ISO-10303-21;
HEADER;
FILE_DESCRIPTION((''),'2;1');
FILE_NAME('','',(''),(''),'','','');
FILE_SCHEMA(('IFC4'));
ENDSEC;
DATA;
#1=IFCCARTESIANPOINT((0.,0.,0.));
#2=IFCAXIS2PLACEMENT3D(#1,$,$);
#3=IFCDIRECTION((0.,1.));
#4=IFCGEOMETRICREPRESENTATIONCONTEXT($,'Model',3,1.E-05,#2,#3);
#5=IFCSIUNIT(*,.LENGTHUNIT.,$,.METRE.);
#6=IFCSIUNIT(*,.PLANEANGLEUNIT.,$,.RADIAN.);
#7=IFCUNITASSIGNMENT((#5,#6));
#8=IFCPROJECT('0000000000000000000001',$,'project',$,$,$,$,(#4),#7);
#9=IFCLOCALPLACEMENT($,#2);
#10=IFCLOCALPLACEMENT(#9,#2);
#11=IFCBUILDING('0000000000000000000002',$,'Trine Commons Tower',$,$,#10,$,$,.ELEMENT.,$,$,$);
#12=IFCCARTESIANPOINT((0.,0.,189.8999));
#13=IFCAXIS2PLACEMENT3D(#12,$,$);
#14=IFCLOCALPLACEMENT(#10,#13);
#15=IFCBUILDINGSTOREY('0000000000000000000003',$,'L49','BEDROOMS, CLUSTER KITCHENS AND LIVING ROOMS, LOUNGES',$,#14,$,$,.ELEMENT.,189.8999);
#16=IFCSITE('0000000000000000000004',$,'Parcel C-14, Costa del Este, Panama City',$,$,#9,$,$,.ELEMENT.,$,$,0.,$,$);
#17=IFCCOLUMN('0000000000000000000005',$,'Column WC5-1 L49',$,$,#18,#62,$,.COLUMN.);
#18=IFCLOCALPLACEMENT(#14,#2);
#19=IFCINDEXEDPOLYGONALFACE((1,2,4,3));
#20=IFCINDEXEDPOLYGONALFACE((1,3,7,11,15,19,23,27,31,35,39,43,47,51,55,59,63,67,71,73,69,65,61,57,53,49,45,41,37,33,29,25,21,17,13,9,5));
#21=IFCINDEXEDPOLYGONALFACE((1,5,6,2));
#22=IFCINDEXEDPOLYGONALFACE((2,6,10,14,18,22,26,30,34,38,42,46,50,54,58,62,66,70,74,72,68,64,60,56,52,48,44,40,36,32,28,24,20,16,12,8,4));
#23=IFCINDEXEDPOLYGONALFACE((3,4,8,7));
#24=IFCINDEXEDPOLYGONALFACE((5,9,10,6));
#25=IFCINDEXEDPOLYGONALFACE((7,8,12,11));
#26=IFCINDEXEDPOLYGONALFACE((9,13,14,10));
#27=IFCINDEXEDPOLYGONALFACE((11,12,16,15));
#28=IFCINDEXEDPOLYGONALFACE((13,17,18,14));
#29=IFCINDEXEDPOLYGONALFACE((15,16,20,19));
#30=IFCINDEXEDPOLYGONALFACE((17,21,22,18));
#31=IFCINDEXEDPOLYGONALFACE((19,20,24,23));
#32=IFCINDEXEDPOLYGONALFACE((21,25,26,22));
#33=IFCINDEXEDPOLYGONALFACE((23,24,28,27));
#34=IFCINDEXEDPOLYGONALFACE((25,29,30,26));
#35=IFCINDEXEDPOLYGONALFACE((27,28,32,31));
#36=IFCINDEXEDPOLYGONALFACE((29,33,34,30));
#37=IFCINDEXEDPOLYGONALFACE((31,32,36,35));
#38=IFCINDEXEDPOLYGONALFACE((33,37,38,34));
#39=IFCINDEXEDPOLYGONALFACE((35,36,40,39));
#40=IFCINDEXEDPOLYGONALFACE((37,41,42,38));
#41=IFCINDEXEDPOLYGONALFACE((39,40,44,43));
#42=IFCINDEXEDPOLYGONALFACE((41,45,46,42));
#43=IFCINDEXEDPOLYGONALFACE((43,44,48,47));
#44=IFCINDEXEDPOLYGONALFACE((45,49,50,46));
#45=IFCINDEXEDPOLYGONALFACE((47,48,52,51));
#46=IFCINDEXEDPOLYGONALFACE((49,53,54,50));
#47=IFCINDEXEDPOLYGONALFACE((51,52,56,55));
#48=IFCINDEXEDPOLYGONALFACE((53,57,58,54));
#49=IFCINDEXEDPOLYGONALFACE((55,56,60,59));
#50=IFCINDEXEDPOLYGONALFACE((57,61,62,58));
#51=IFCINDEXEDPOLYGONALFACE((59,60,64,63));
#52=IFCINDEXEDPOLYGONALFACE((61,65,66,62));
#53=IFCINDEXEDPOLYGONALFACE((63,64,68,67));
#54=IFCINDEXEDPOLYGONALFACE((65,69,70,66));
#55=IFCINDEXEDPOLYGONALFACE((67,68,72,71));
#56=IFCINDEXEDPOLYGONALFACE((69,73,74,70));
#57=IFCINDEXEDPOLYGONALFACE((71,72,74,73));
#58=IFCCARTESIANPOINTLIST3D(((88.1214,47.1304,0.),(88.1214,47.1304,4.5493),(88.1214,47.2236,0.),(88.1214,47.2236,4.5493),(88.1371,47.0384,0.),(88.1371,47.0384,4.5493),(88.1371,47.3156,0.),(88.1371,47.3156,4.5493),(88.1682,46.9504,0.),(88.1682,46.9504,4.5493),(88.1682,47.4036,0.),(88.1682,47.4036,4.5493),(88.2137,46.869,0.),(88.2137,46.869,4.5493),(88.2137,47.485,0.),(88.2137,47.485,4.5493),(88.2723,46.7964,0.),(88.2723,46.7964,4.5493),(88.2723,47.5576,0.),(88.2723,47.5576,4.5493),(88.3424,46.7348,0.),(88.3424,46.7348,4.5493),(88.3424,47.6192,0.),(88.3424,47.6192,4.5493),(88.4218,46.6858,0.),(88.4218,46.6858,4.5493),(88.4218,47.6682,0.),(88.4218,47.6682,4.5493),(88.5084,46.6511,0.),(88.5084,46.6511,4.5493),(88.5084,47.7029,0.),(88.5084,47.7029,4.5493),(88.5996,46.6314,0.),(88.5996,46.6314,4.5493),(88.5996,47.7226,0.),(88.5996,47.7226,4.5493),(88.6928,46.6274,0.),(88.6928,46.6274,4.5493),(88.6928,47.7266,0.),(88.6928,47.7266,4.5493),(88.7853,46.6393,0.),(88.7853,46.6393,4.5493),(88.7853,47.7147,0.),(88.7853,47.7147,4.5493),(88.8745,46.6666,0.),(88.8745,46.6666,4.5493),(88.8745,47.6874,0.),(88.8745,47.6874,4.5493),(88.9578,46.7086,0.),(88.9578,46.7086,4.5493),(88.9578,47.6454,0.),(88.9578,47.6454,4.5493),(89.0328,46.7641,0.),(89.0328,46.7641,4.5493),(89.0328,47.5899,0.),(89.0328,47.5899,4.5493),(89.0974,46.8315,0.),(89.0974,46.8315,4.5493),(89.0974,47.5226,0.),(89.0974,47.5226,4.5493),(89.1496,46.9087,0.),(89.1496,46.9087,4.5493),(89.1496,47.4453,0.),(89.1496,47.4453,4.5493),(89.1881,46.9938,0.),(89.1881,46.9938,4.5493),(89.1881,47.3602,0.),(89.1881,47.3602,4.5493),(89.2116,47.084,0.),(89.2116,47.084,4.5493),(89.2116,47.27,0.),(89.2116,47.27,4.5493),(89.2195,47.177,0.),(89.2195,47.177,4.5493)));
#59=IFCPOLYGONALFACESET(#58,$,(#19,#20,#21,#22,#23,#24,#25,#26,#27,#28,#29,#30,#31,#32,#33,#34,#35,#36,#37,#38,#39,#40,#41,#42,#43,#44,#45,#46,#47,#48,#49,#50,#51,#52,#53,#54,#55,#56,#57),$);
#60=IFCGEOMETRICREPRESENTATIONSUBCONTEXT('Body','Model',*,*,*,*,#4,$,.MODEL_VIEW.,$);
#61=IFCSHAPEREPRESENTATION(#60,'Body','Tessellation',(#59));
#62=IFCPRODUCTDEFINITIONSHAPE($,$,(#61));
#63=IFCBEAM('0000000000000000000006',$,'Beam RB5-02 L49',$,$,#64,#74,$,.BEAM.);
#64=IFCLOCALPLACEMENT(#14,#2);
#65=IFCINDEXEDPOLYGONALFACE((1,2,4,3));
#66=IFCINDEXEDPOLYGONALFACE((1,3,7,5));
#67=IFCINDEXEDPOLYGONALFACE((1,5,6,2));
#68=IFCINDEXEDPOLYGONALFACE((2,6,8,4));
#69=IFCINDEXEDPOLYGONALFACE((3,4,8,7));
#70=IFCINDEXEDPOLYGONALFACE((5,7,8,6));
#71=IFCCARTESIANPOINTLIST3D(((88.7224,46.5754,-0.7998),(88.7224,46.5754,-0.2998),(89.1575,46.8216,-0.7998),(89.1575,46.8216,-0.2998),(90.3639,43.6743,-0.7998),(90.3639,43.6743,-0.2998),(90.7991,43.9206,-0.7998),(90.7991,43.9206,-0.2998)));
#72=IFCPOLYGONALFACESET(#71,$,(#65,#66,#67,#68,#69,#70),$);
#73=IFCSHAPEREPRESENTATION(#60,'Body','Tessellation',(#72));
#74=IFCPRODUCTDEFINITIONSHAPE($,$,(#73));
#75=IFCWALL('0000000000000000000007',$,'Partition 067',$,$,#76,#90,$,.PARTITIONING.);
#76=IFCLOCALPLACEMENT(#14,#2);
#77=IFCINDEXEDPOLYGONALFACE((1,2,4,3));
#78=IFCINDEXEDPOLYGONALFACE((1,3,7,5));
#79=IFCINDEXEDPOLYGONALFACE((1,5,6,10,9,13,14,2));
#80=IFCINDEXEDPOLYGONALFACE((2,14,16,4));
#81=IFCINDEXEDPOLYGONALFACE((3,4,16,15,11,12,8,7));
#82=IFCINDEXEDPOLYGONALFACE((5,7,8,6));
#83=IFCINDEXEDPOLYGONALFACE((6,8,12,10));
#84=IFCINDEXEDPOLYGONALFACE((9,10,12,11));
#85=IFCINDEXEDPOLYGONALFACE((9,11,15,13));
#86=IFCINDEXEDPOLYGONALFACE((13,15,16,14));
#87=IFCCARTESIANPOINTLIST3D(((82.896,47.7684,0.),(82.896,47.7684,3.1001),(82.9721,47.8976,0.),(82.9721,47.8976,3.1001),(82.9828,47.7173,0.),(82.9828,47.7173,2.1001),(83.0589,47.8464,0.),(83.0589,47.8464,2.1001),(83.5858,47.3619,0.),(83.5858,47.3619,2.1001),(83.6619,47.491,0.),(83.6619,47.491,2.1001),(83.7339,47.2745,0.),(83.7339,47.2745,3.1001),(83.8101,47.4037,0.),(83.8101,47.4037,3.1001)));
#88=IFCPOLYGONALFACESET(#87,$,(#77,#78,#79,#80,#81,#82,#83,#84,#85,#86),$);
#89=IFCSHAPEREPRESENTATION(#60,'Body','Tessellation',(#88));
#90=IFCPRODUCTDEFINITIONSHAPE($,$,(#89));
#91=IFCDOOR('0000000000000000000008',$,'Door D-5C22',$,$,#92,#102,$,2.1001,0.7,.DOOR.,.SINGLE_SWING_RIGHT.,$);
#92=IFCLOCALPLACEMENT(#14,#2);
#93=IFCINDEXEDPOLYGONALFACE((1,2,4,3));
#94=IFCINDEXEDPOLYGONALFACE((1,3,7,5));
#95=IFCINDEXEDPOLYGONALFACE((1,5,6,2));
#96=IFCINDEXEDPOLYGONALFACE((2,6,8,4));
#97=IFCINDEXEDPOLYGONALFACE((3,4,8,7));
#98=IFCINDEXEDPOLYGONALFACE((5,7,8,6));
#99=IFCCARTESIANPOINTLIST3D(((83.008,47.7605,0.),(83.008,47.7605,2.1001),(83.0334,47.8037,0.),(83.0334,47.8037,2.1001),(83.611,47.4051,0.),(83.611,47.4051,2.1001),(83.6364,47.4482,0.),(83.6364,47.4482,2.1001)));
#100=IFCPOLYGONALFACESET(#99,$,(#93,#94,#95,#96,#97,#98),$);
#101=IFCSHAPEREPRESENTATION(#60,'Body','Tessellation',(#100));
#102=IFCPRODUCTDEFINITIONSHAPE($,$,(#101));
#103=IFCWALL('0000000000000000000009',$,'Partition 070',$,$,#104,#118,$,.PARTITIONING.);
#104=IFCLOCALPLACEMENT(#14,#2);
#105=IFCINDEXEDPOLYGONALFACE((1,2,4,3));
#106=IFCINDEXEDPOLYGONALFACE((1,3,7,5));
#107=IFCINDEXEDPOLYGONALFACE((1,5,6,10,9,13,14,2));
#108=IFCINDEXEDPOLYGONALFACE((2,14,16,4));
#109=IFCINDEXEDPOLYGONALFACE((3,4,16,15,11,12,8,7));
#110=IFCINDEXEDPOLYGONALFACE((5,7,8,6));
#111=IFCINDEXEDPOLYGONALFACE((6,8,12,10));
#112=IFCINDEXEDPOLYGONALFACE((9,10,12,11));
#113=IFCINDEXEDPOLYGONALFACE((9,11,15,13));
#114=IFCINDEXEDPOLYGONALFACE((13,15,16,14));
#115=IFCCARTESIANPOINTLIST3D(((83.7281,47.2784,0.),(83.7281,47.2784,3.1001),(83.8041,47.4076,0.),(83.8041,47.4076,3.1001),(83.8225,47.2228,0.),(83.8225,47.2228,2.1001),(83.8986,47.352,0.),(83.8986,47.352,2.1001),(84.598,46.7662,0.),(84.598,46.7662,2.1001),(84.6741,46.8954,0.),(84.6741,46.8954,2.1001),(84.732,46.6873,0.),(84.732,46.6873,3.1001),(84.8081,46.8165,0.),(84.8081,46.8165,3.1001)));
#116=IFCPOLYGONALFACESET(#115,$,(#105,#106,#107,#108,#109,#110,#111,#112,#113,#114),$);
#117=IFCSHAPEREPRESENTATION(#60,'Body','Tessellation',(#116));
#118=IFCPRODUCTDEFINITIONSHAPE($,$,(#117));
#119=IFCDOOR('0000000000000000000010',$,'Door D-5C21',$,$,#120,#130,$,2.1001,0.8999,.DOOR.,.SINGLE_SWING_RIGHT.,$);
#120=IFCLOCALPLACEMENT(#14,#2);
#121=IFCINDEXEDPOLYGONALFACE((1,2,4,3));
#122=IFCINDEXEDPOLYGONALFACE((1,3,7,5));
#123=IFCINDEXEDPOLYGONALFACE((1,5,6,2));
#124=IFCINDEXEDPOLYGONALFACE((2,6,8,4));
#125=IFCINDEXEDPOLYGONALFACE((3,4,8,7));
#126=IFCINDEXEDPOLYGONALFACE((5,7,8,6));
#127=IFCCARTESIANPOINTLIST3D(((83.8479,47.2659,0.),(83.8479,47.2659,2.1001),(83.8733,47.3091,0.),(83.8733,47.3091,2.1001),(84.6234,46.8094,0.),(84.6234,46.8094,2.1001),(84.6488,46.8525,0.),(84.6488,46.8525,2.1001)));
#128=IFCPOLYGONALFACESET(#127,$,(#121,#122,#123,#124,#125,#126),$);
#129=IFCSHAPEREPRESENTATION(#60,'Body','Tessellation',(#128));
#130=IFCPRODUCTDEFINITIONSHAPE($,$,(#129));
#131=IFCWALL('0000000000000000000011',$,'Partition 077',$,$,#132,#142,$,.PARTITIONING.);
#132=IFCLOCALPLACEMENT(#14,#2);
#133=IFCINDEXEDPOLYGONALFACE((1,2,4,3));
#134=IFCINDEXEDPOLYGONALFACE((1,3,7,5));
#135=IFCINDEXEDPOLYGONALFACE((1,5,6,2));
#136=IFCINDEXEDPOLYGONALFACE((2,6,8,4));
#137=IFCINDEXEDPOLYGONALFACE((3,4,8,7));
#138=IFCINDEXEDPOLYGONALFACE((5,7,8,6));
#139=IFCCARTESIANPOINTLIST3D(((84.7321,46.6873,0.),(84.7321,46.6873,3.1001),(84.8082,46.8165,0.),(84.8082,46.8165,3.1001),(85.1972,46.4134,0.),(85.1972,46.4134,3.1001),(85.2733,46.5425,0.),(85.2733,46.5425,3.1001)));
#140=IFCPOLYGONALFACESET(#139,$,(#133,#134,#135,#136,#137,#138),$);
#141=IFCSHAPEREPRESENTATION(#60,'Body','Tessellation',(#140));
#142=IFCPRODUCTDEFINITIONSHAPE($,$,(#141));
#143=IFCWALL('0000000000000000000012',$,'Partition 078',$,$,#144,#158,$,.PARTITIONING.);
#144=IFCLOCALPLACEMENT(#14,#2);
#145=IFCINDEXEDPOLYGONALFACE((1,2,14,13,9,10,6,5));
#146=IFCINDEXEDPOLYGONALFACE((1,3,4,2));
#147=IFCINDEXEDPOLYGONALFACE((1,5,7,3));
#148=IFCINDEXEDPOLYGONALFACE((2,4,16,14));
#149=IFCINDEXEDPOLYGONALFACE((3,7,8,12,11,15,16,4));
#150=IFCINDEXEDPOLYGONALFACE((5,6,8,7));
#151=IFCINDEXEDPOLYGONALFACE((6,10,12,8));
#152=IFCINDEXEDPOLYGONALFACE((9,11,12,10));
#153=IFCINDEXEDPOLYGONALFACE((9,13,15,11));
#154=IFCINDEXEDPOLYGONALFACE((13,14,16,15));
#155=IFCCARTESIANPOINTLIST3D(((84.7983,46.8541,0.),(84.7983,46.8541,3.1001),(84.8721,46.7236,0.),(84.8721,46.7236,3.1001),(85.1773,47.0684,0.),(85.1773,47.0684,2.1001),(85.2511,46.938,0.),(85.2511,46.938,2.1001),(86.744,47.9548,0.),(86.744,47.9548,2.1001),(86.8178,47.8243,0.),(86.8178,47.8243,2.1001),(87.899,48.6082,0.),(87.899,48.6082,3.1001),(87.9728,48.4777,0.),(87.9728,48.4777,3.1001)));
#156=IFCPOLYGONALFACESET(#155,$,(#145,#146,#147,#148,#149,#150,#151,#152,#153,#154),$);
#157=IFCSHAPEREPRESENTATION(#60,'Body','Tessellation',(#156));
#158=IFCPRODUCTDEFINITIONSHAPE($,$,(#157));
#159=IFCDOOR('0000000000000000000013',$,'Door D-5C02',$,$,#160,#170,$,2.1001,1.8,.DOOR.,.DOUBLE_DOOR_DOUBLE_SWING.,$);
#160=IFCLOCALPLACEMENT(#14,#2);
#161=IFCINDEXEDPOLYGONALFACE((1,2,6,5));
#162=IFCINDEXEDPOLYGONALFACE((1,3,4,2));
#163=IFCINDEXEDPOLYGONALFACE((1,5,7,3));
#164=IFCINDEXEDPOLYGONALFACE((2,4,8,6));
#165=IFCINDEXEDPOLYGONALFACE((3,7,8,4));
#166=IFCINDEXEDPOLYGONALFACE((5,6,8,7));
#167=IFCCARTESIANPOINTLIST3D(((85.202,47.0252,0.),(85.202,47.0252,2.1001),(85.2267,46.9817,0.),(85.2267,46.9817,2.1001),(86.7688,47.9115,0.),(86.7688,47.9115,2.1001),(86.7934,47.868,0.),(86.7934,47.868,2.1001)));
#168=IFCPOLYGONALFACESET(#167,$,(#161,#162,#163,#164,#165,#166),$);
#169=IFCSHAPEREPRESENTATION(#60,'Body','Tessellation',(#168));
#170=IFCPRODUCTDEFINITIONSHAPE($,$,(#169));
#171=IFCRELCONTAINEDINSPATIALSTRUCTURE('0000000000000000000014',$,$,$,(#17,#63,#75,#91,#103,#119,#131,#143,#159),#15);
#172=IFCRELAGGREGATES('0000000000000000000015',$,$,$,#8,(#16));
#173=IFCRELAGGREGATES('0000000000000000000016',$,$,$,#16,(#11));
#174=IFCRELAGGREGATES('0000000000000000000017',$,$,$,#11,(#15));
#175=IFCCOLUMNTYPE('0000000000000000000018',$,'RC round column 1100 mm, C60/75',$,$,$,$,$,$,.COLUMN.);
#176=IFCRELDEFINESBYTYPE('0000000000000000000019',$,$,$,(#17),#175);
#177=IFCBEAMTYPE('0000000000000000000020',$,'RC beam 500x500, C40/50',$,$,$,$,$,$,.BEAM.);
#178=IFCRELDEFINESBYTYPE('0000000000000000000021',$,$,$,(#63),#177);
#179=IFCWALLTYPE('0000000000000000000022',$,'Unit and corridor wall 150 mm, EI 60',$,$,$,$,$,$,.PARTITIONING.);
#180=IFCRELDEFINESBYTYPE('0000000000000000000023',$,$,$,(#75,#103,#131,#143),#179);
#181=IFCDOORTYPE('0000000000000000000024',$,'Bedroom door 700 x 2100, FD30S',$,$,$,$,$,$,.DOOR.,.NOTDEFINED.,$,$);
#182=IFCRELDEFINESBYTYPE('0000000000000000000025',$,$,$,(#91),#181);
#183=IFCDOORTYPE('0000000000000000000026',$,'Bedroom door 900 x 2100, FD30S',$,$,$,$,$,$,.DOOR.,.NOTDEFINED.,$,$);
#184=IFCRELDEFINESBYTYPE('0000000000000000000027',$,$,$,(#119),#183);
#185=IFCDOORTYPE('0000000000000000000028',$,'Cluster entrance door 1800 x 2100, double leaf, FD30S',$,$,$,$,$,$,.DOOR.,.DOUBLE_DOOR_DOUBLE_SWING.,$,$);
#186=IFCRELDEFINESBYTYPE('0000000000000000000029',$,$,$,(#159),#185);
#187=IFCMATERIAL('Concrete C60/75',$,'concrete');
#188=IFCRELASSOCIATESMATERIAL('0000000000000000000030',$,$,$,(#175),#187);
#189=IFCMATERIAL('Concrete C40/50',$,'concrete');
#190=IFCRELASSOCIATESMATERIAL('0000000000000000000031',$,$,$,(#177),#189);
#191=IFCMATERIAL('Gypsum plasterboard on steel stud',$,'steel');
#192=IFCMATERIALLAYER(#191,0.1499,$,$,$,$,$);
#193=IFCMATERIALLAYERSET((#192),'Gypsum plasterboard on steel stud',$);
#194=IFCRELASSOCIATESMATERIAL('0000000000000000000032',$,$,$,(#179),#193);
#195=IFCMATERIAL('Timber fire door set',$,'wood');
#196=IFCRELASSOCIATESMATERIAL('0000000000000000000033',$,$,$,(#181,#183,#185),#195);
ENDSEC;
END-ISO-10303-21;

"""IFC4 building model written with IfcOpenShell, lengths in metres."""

from ifc_helpers import new_model, si_unit, direction, frame, frame_2d, origin, origin_2d, place, context, subcontext, project, spatial, rectangle, circle, extrude, material, layer, layer_set, material_profile, profile_set, type_object, element, fill, save


model = new_model("IFC4")

# Units and contexts
model_context = context("Model", 3, precision=1e-05, world=origin(), true_north=direction((0.0, 1.0)))
body_context = subcontext(model_context, "Body", "Model", "MODEL_VIEW")
ifc_project = project(units=[si_unit("LENGTHUNIT", "METRE"), si_unit("PLANEANGLEUNIT", "RADIAN")], contexts=[model_context])

# Site, building, storey
site_placement = place(None, origin())
site = spatial("IfcSite", under=ifc_project, at=site_placement, Name="Parcel C-14, Costa del Este, Panama City", CompositionType="ELEMENT", RefElevation=0.0)
building_placement = place(site_placement, origin())
building = spatial("IfcBuilding", under=site, at=building_placement, Name="Trine Commons Tower", CompositionType="ELEMENT")
storey_placement = place(building_placement, frame((0.0, 0.0, 189.8999)))
storey = spatial("IfcBuildingStorey", under=building, at=storey_placement, Name="L49", Description="BEDROOMS, CLUSTER KITCHENS AND LIVING ROOMS, LOUNGES", CompositionType="ELEMENT", Elevation=189.8999)

# Column
ifc_material_1 = material(Name="Concrete C60/75", Category="concrete")
ifc_material_profile_1 = material_profile(ifc_material_1, circle(Radius=0.55, at=origin_2d()), Name="RC round 1100")
ifc_profile_set_1 = profile_set([ifc_material_profile_1], Name="Concrete C60/75")
column_type = type_object("IfcColumnType", Name="RC round column 1100 mm, C60/75", PredefinedType="COLUMN", material=ifc_profile_set_1)
column_placement = place(storey_placement, frame((88.6694, 47.177, 0.0), z_axis=(0.0, 0.0, 1.0), x_axis=(1.0, 0.0, 0.0)))
element("IfcColumn", 1, at=column_placement, inside=storey, type_object=column_type, Name="Column WC5-1 L49", PredefinedType="COLUMN", context=body_context, shape_type="SweptSolid", body=[
    extrude(circle(Radius=0.55, at=origin_2d()), origin(), (0.0, 0.0, 1.0), 4.5493),
])

# Beam
ifc_material_2 = material(Name="Concrete C40/50", Category="concrete")
ifc_material_profile_2 = material_profile(ifc_material_2, rectangle(XDim=0.5, YDim=0.5, at=origin_2d()), Name="RC 500x500")
ifc_profile_set_2 = profile_set([ifc_material_profile_2], Name="Concrete C40/50")
beam_type = type_object("IfcBeamType", Name="RC beam 500x500, C40/50", PredefinedType="BEAM", material=ifc_profile_set_2)
beam_placement = place(storey_placement, frame((88.9399, 46.6985, -0.5498), z_axis=(0.492475, -0.870327, 0.0), x_axis=(0.870327, 0.492475, 0.0)))
element("IfcBeam", 2, at=beam_placement, inside=storey, type_object=beam_type, Name="Beam RB5-02 L49", PredefinedType="BEAM", context=body_context, shape_type="SweptSolid", body=[
    extrude(rectangle(XDim=0.5, YDim=0.5, at=origin_2d()), origin(), (0.0, 0.0, 1.0), 3.3333),
])

# Walls, openings, doors
ifc_material_3 = material(Name="Gypsum plasterboard on steel stud", Category="steel")
ifc_layer_1 = layer(ifc_material_3, 0.1499)
ifc_layer_set_1 = layer_set([ifc_layer_1], Name="Gypsum plasterboard on steel stud")
wall_type_1 = type_object("IfcWallType", Name="Unit and corridor wall 150 mm, EI 60", PredefinedType="PARTITIONING", material=ifc_layer_set_1)
wall_1_placement = place(storey_placement, frame((82.9341, 47.833, 0.0), z_axis=(0.0, 0.0, 1.0), x_axis=(0.861476, -0.507799, 0.0)))
wall_1 = element("IfcWall", 3, at=wall_1_placement, inside=storey, type_object=wall_type_1, Name="Partition 067", PredefinedType="PARTITIONING", context=body_context, shape_type="SweptSolid", body=[
    extrude(rectangle(XDim=0.9727, YDim=0.1499, at=frame_2d((0.4863, 0.0))), origin(), (0.0, 0.0, 1.0), 3.1001),
])
opening_1_placement = place(wall_1_placement, frame((0.1006, 0.0, 0.0)))
opening_1 = element("IfcOpeningElement", 4, at=opening_1_placement, cuts=wall_1, PredefinedType="OPENING", context=body_context, shape_type="SweptSolid", body=[
    extrude(rectangle(XDim=0.7, YDim=2.1001, at=frame_2d((0.3501, 1.05))), frame((0.0, 0.085, 0.0), z_axis=(0.0, -1.0, 0.0), x_axis=(1.0, 0.0, 0.0)), (0.0, 0.0, 1.0), 0.1699),
])
ifc_material_4 = material(Name="Timber fire door set", Category="wood")
door_type_1 = type_object("IfcDoorType", Name="Bedroom door 700 x 2100, FD30S", OperationType="NOTDEFINED", PredefinedType="DOOR", material=ifc_material_4)
door_1_placement = place(opening_1_placement, frame((0.7, 0.0, 0.0), z_axis=(0.0, 0.0, 1.0), x_axis=(-1.0, 0.0, 0.0)))
door_1 = element("IfcDoor", 5, at=door_1_placement, inside=storey, type_object=door_type_1, Name="Door D-5C22", OperationType="SINGLE_SWING_RIGHT", OverallHeight=2.1001, OverallWidth=0.7, PredefinedType="DOOR", context=body_context, shape_type="SweptSolid", body=[
    extrude(rectangle(XDim=0.7, YDim=2.1001, at=frame_2d((0.3501, 1.05))), frame((0.0, 0.0249, 0.0), z_axis=(0.0, -1.0, 0.0), x_axis=(1.0, 0.0, 0.0)), (0.0, 0.0, 1.0), 0.05),
])
fill(opening_1, door_1)
wall_2_placement = place(storey_placement, frame((83.7661, 47.343, 0.0), z_axis=(0.0, 0.0, 1.0), x_axis=(0.861735, -0.507359, 0.0)))
wall_2 = element("IfcWall", 6, at=wall_2_placement, inside=storey, type_object=wall_type_1, Name="Partition 070", PredefinedType="PARTITIONING", context=body_context, shape_type="SweptSolid", body=[
    extrude(rectangle(XDim=1.165, YDim=0.1499, at=frame_2d((0.5825, 0.0))), origin(), (0.0, 0.0, 1.0), 3.1001),
])
opening_2_placement = place(wall_2_placement, frame((0.1096, 0.0, 0.0)))
opening_2 = element("IfcOpeningElement", 7, at=opening_2_placement, cuts=wall_2, PredefinedType="OPENING", context=body_context, shape_type="SweptSolid", body=[
    extrude(rectangle(XDim=0.8999, YDim=2.1001, at=frame_2d((0.45, 1.05))), frame((0.0, 0.085, 0.0), z_axis=(0.0, -1.0, 0.0), x_axis=(1.0, 0.0, 0.0)), (0.0, 0.0, 1.0), 0.1699),
])
door_type_2 = type_object("IfcDoorType", Name="Bedroom door 900 x 2100, FD30S", OperationType="NOTDEFINED", PredefinedType="DOOR", material=ifc_material_4)
door_2_placement = place(opening_2_placement, frame((0.8999, 0.0, 0.0), z_axis=(0.0, 0.0, 1.0), x_axis=(-1.0, 0.0, 0.0)))
door_2 = element("IfcDoor", 8, at=door_2_placement, inside=storey, type_object=door_type_2, Name="Door D-5C21", OperationType="SINGLE_SWING_RIGHT", OverallHeight=2.1001, OverallWidth=0.8999, PredefinedType="DOOR", context=body_context, shape_type="SweptSolid", body=[
    extrude(rectangle(XDim=0.8999, YDim=2.1001, at=frame_2d((0.45, 1.05))), frame((0.0, 0.0249, 0.0), z_axis=(0.0, -1.0, 0.0), x_axis=(1.0, 0.0, 0.0)), (0.0, 0.0, 1.0), 0.05),
])
fill(opening_2, door_2)

# Wall
wall_3_placement = place(storey_placement, frame((84.77, 46.752, 0.0), z_axis=(0.0, 0.0, 1.0), x_axis=(0.861655, -0.507494, 0.0)))
element("IfcWall", 9, at=wall_3_placement, inside=storey, type_object=wall_type_1, Name="Partition 077", PredefinedType="PARTITIONING", context=body_context, shape_type="SweptSolid", body=[
    extrude(rectangle(XDim=0.5398, YDim=0.1499, at=frame_2d((0.27, 0.0))), origin(), (0.0, 0.0, 1.0), 3.1001),
])

# Wall, opening, door
wall_4_placement = place(storey_placement, frame((84.8352, 46.7888, 0.0), z_axis=(0.0, 0.0, 1.0), x_axis=(0.870382, 0.492378, 0.0)))
wall_4 = element("IfcWall", 10, at=wall_4_placement, inside=storey, type_object=wall_type_1, Name="Partition 078", PredefinedType="PARTITIONING", context=body_context, shape_type="SweptSolid", body=[
    extrude(rectangle(XDim=3.5625, YDim=0.1499, at=frame_2d((1.7812, 0.0))), origin(), (0.0, 0.0, 1.0), 3.1001),
])
opening_3_placement = place(wall_4_placement, frame((0.4355, 0.0, 0.0)))
opening_3 = element("IfcOpeningElement", 11, at=opening_3_placement, cuts=wall_4, PredefinedType="OPENING", context=body_context, shape_type="SweptSolid", body=[
    extrude(rectangle(XDim=1.8, YDim=2.1001, at=frame_2d((0.8999, 1.05))), frame((0.0, 0.085, 0.0), z_axis=(0.0, -1.0, 0.0), x_axis=(1.0, 0.0, 0.0)), (0.0, 0.0, 1.0), 0.1699),
])
door_type_3 = type_object("IfcDoorType", Name="Cluster entrance door 1800 x 2100, double leaf, FD30S", OperationType="DOUBLE_DOOR_DOUBLE_SWING", PredefinedType="DOOR", material=ifc_material_4)
door_3_placement = place(opening_3_placement, frame((1.8, 0.0, 0.0), z_axis=(0.0, 0.0, 1.0), x_axis=(-1.0, 0.0, 0.0)))
door_3 = element("IfcDoor", 12, at=door_3_placement, inside=storey, type_object=door_type_3, Name="Door D-5C02", OperationType="DOUBLE_DOOR_DOUBLE_SWING", OverallHeight=2.1001, OverallWidth=1.8, PredefinedType="DOOR", context=body_context, shape_type="SweptSolid", body=[
    extrude(rectangle(XDim=1.8, YDim=2.1001, at=frame_2d((0.8999, 1.05))), frame((0.0, 0.0249, 0.0), z_axis=(0.0, -1.0, 0.0), x_axis=(1.0, 0.0, 0.0)), (0.0, 0.0, 1.0), 0.05),
])
fill(opening_3, door_3)

save(model, "model.ifc")
